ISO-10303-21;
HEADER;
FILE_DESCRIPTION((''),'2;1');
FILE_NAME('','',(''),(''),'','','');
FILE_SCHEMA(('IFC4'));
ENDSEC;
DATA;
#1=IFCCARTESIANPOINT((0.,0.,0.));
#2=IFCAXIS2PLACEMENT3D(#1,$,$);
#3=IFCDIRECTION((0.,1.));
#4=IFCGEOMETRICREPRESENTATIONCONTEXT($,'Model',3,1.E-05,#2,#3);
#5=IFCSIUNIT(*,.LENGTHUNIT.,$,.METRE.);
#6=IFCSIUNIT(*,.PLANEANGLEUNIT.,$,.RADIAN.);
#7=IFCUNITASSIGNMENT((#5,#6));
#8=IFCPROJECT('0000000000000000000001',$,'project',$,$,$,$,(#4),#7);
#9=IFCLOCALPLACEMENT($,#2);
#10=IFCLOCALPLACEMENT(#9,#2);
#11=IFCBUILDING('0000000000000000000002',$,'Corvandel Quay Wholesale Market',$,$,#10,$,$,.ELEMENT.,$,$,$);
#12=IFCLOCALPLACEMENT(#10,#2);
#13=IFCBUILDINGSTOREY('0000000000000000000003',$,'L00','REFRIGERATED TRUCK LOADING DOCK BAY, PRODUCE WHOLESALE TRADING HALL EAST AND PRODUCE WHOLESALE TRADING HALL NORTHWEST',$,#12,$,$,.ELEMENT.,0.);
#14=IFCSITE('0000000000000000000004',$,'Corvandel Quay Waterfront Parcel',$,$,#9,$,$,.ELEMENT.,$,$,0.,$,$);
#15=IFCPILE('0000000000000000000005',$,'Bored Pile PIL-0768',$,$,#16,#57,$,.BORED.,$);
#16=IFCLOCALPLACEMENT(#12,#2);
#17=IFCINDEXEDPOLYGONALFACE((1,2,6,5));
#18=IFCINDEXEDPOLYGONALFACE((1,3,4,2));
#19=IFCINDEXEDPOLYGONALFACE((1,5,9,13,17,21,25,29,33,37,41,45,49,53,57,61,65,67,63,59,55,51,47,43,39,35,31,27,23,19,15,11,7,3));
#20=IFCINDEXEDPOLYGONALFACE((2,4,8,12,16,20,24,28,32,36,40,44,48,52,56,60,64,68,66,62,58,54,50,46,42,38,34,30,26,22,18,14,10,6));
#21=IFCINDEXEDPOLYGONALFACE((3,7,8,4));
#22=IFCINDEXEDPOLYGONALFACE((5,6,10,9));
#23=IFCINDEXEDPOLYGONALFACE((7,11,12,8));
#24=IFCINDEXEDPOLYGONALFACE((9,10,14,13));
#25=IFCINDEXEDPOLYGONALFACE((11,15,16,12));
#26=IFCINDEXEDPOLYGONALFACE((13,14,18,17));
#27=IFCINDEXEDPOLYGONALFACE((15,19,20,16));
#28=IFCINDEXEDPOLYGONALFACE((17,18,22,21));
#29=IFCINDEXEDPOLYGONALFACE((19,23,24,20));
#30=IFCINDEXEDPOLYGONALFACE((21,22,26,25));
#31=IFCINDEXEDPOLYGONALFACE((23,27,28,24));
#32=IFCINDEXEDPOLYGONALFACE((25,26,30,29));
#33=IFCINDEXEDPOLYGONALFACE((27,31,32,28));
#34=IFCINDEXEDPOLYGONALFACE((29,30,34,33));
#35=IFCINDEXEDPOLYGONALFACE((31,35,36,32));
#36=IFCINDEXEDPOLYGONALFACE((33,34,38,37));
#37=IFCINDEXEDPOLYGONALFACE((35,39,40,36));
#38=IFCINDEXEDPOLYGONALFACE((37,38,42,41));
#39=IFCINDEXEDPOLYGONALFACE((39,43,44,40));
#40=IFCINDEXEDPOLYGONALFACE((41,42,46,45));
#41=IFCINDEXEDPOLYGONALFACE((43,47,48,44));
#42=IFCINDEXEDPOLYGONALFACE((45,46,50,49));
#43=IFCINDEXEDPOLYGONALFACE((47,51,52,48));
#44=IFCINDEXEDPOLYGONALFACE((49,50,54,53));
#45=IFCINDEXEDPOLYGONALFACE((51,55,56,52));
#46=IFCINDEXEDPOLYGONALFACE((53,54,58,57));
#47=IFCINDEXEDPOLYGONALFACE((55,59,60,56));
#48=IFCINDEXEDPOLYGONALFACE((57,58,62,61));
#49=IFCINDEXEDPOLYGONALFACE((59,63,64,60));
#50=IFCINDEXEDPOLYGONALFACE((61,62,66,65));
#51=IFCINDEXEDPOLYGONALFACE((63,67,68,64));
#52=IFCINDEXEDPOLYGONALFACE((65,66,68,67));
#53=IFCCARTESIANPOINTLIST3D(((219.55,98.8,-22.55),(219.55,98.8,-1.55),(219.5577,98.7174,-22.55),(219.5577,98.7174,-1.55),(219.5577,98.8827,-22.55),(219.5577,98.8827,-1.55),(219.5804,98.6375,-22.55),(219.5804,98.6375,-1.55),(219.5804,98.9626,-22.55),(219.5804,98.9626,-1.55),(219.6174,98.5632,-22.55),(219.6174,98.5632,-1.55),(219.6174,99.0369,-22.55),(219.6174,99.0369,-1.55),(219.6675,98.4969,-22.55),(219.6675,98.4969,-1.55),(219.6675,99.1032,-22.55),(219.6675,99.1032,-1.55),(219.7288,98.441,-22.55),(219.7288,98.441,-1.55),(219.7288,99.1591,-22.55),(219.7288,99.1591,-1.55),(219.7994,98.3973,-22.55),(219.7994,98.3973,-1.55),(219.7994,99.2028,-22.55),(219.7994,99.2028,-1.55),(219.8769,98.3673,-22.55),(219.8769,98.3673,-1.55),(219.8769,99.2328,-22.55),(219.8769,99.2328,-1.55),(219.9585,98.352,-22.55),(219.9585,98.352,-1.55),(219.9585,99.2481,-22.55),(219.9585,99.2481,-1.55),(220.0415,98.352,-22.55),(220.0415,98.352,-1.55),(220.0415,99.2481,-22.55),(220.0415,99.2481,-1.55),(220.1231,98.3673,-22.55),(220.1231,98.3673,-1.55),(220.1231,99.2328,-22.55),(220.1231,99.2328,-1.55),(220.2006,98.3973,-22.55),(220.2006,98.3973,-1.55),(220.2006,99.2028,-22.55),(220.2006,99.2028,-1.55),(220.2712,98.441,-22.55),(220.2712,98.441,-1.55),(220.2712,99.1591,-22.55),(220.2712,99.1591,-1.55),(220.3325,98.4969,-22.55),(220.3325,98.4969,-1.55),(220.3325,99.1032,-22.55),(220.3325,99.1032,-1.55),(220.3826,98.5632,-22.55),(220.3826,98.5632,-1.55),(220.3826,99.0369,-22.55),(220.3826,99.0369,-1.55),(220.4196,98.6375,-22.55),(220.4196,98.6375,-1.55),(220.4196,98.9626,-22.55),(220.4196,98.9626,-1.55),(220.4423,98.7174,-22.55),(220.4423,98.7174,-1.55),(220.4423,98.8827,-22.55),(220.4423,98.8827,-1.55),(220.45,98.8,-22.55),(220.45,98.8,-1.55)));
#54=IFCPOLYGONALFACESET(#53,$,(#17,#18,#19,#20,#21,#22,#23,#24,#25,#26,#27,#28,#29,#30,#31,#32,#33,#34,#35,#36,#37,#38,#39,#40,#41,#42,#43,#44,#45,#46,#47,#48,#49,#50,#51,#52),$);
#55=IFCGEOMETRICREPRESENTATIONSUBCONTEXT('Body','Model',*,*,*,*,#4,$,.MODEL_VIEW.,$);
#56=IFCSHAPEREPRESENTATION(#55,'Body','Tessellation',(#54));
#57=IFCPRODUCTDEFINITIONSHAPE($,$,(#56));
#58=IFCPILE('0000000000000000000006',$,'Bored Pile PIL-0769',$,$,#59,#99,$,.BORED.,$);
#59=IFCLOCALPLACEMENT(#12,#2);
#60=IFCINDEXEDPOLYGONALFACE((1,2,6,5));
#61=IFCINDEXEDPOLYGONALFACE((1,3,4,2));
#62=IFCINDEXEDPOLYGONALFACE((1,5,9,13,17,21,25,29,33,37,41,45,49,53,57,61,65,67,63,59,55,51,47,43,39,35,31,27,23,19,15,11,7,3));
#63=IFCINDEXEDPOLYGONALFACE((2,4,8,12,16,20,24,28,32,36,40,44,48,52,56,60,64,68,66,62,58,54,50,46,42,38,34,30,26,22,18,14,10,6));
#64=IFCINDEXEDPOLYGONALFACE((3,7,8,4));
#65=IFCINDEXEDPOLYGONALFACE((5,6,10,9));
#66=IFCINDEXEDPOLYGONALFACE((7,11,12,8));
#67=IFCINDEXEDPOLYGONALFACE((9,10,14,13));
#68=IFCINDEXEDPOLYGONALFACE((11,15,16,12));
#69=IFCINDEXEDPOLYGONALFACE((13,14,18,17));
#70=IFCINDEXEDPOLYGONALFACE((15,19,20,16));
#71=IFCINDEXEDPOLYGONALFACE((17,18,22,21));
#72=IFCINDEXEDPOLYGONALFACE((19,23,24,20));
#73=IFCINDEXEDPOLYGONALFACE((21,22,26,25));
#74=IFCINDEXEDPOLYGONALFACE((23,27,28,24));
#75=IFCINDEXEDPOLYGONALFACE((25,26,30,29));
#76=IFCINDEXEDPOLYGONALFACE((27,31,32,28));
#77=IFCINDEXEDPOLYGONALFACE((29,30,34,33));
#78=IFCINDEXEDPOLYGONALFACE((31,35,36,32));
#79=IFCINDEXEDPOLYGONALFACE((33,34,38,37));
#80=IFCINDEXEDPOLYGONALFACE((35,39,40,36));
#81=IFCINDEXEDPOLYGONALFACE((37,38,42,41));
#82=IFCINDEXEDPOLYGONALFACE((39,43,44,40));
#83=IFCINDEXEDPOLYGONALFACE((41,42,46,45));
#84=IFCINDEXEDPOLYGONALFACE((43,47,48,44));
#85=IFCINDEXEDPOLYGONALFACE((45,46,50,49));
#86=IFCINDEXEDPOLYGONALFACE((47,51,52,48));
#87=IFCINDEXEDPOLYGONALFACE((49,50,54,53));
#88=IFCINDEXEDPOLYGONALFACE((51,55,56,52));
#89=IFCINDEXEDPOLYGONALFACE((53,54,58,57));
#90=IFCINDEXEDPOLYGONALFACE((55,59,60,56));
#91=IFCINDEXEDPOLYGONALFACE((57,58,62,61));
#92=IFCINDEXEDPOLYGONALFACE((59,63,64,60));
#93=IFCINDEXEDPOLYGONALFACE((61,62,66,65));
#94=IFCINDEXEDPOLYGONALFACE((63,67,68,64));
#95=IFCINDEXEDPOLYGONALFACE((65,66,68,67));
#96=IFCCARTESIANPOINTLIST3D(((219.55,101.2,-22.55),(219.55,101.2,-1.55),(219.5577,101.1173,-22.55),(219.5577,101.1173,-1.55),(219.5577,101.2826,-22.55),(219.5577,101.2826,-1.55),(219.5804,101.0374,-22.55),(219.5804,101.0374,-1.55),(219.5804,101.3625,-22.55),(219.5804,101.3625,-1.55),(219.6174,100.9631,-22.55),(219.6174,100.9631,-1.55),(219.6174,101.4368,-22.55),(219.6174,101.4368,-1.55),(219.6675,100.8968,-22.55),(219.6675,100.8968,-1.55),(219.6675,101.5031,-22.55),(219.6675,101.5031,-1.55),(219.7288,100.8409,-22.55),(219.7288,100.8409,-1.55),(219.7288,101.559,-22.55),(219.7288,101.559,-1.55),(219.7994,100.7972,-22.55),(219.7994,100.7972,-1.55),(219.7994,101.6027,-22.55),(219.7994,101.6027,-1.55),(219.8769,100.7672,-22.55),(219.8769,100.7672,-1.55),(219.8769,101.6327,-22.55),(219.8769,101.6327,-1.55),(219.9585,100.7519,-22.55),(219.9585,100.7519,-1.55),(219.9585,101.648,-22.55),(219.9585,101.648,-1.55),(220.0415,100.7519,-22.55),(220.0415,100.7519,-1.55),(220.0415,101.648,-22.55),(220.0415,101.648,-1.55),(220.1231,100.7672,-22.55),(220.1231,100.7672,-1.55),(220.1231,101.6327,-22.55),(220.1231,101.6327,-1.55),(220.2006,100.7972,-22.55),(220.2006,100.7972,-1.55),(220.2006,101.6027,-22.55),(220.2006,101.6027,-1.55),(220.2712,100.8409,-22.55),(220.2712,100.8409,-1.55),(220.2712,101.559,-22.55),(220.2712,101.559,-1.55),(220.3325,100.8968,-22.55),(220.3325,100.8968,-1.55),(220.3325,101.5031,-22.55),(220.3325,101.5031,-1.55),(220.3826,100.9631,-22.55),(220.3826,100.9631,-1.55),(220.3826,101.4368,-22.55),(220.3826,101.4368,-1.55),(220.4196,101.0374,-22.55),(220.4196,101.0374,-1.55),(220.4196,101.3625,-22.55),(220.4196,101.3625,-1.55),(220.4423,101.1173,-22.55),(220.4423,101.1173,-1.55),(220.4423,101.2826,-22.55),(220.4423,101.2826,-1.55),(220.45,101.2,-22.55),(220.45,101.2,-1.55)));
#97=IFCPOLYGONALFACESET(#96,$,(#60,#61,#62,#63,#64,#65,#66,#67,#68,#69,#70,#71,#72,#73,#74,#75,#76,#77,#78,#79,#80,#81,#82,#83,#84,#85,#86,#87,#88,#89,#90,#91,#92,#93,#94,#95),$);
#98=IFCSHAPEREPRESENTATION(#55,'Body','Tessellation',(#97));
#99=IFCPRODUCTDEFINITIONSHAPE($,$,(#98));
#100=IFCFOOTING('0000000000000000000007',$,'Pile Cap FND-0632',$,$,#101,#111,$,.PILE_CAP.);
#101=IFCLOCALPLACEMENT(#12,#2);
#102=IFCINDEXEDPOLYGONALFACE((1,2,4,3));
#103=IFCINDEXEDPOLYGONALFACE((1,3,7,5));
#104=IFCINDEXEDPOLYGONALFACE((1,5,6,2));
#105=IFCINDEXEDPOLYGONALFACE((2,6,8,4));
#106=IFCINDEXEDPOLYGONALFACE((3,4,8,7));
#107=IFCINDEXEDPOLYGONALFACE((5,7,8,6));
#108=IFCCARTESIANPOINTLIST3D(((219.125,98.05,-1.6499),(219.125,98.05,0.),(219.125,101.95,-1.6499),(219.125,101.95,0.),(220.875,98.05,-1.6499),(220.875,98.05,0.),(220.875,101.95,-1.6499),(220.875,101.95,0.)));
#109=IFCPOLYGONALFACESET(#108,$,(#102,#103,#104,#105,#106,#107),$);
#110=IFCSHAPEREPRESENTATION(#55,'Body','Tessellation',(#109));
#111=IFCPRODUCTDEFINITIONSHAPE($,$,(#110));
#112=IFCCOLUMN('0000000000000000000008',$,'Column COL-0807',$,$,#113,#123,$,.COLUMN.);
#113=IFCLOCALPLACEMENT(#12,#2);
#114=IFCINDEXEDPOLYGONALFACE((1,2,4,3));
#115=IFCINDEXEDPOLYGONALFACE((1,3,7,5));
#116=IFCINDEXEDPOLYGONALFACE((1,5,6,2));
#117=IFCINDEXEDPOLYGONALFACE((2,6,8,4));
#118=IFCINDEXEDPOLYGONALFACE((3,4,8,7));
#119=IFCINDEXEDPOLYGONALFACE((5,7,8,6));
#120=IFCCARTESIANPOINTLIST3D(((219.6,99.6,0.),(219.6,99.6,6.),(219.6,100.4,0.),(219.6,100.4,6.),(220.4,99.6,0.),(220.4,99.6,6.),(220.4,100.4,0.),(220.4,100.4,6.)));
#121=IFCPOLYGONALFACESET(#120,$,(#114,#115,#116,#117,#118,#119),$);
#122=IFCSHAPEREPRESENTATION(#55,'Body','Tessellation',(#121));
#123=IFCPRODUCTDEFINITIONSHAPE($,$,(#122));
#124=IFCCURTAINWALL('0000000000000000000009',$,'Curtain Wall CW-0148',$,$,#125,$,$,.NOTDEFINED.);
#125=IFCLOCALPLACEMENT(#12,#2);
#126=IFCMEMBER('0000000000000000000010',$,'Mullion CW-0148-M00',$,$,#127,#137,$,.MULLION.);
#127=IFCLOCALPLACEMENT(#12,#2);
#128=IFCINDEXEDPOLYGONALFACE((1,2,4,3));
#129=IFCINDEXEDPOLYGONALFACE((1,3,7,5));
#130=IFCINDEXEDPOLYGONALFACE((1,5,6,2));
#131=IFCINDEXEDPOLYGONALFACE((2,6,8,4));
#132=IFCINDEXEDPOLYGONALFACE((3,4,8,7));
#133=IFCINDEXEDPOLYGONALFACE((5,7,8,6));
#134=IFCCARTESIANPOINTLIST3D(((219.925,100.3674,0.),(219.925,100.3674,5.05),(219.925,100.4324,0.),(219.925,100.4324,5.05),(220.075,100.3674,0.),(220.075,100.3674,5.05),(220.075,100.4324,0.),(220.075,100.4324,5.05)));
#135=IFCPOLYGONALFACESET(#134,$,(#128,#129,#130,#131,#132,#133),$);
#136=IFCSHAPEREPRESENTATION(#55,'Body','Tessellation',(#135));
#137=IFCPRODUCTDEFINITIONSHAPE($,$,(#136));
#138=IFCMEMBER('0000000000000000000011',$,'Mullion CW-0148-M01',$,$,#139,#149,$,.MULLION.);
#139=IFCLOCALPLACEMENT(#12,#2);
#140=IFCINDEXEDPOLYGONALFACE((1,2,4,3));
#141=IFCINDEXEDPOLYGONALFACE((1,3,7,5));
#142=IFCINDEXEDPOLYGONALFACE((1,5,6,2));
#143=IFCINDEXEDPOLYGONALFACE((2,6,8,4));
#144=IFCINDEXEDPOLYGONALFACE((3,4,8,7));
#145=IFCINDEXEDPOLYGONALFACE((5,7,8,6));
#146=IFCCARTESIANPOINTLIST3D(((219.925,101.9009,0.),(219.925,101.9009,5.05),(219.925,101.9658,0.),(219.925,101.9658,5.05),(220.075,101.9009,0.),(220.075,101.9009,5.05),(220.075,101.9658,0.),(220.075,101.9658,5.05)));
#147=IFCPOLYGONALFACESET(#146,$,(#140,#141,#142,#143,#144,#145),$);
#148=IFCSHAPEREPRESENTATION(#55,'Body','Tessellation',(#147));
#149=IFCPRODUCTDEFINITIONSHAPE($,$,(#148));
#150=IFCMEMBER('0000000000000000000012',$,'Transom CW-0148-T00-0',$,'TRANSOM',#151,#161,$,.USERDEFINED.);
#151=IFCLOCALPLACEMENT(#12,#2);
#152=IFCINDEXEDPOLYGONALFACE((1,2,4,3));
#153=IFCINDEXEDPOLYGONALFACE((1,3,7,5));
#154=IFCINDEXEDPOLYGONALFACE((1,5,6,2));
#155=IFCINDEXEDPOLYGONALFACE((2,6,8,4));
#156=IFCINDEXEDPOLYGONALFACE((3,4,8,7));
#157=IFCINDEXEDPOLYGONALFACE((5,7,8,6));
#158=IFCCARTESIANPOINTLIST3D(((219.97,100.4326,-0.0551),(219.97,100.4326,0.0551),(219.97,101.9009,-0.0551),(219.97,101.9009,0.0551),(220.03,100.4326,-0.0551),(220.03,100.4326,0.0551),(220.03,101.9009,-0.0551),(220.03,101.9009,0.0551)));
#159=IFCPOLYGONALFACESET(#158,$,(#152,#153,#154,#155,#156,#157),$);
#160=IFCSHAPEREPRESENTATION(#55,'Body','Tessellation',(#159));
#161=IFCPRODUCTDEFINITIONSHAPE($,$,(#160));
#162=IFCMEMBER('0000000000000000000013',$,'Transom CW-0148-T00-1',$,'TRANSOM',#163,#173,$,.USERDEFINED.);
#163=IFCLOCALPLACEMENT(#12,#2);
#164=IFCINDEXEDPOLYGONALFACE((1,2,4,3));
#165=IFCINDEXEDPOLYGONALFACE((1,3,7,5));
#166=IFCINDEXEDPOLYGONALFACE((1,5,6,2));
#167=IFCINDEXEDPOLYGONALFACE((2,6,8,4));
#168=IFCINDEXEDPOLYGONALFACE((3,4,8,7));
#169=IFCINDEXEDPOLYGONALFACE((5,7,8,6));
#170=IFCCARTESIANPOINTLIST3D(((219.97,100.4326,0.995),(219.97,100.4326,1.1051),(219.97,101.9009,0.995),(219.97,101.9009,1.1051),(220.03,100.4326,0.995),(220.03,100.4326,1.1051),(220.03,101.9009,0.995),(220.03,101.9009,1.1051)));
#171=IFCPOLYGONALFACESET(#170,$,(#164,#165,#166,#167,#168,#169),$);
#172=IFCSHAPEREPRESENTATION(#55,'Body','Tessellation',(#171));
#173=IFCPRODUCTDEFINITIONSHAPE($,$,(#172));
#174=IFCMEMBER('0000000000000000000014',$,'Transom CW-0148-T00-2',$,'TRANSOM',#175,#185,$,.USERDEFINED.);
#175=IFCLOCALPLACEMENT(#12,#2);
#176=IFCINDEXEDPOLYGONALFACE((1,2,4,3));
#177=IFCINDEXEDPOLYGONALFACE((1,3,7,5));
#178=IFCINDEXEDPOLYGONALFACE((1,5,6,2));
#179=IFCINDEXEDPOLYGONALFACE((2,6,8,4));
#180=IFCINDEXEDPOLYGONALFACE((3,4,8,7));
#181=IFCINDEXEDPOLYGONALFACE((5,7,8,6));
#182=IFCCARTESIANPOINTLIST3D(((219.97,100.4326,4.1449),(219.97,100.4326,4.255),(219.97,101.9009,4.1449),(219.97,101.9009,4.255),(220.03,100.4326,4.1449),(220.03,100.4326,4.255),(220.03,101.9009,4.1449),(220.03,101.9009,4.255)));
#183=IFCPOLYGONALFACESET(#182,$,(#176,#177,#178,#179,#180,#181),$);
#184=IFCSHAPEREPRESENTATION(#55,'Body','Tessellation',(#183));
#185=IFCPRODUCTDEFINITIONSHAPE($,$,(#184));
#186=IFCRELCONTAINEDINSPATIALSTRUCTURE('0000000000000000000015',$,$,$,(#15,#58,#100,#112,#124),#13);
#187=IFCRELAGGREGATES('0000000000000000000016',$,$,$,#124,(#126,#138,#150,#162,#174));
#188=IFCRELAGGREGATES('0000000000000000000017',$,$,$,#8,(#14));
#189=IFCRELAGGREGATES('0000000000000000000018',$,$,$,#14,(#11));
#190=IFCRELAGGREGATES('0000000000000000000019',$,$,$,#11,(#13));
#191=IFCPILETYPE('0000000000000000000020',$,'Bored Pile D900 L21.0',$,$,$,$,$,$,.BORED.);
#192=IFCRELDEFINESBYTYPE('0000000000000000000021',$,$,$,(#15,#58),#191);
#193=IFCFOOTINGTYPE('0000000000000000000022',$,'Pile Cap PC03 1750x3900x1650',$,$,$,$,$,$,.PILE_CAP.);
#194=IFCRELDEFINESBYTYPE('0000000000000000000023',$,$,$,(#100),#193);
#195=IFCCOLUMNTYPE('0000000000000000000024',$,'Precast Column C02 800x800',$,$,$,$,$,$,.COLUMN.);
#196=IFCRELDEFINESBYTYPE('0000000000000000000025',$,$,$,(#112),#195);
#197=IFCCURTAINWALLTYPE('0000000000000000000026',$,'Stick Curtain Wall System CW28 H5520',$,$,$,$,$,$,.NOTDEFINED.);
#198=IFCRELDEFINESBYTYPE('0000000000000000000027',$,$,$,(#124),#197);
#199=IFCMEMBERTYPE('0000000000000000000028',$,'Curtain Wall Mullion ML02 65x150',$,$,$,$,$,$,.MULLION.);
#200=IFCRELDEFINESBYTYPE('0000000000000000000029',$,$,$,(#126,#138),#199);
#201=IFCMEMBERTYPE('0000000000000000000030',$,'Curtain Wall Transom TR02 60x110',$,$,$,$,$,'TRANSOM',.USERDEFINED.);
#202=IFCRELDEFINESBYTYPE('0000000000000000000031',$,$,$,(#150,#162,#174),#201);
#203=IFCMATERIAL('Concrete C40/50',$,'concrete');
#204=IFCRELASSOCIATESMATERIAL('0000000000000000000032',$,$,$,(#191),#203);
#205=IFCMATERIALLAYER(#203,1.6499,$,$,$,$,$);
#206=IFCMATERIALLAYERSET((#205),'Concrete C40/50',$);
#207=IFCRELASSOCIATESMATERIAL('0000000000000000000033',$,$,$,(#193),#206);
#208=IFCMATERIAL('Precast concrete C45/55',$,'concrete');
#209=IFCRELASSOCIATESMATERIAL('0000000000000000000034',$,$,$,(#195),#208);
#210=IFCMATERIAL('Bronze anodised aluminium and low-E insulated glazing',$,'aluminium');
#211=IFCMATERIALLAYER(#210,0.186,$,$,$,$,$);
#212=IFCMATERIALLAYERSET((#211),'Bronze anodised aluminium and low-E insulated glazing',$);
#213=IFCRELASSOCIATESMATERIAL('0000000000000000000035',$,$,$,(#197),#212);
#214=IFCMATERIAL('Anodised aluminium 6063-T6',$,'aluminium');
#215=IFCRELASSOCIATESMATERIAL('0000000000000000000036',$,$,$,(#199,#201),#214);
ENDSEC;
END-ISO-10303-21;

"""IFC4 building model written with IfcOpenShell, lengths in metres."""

from ifc_helpers import new_model, si_unit, direction, frame, origin, origin_2d, place, context, subcontext, project, spatial, rectangle, circle, extrude, material, layer, layer_set, material_profile, profile_set, type_object, element, aggregate, save


model = new_model("IFC4")

# Units and contexts
model_context = context("Model", 3, precision=1e-05, world=origin(), true_north=direction((0.0, 1.0)))
body_context = subcontext(model_context, "Body", "Model", "MODEL_VIEW")
ifc_project = project(units=[si_unit("LENGTHUNIT", "METRE"), si_unit("PLANEANGLEUNIT", "RADIAN")], contexts=[model_context])

# Site, building, storey
site_placement = place(None, origin())
site = spatial("IfcSite", under=ifc_project, at=site_placement, Name="Corvandel Quay Waterfront Parcel", CompositionType="ELEMENT", RefElevation=0.0)
building_placement = place(site_placement, origin())
building = spatial("IfcBuilding", under=site, at=building_placement, Name="Corvandel Quay Wholesale Market", CompositionType="ELEMENT")
storey_placement = place(building_placement, origin())
storey = spatial("IfcBuildingStorey", under=building, at=storey_placement, Name="L00", Description="REFRIGERATED TRUCK LOADING DOCK BAY, PRODUCE WHOLESALE TRADING HALL EAST AND PRODUCE WHOLESALE TRADING HALL NORTHWEST", CompositionType="ELEMENT", Elevation=0.0)

# Piles
ifc_material_1 = material(Name="Concrete C40/50", Category="concrete")
ifc_material_profile_1 = material_profile(ifc_material_1, circle(Radius=0.45, at=origin_2d()), Name="RC-PILE-D900")
ifc_profile_set_1 = profile_set([ifc_material_profile_1], Name="Concrete C40/50")
pile_type = type_object("IfcPileType", Name="Bored Pile D900 L21.0", PredefinedType="BORED", material=ifc_profile_set_1)
for number, where, z_axis, x_axis, name in (
    (1, (220.0, 98.8, -1.55), (0.0, 0.0, -1.0), (1.0, 0.0, 0.0), "Bored Pile PIL-0768"),
    (2, (220.0, 101.2, -1.55), (0.0, 0.0, -1.0), (1.0, 0.0, 0.0), "Bored Pile PIL-0769"),
):
    element("IfcPile", number, at=place(storey_placement, frame(where, z_axis=z_axis, x_axis=x_axis)), inside=storey, type_object=pile_type, Name=name, PredefinedType="BORED", context=body_context, shape_type="SweptSolid", body=[
        extrude(circle(Radius=0.45, at=origin_2d()), origin(), (0.0, 0.0, 1.0), 21.0),
    ])

# Footing
ifc_layer_1 = layer(ifc_material_1, 1.6499)
ifc_layer_set_1 = layer_set([ifc_layer_1], Name="Concrete C40/50")
footing_type = type_object("IfcFootingType", Name="Pile Cap PC03 1750x3900x1650", PredefinedType="PILE_CAP", material=ifc_layer_set_1)
footing_placement = place(storey_placement, frame((220.0, 100.0, -1.6499), z_axis=(0.0, 0.0, 1.0), x_axis=(1.0, 0.0, 0.0)))
element("IfcFooting", 3, at=footing_placement, inside=storey, type_object=footing_type, Name="Pile Cap FND-0632", PredefinedType="PILE_CAP", context=body_context, shape_type="SweptSolid", body=[
    extrude(rectangle(XDim=1.75, YDim=3.8999, at=origin_2d()), origin(), (0.0, 0.0, 1.0), 1.6499),
])

# Column
ifc_material_2 = material(Name="Precast concrete C45/55", Category="concrete")
ifc_material_profile_2 = material_profile(ifc_material_2, rectangle(XDim=0.8, YDim=0.8, at=origin_2d()), Name="PC-COL-800x800")
ifc_profile_set_2 = profile_set([ifc_material_profile_2], Name="Precast concrete C45/55")
column_type = type_object("IfcColumnType", Name="Precast Column C02 800x800", PredefinedType="COLUMN", material=ifc_profile_set_2)
column_placement = place(storey_placement, frame((220.0, 100.0, 0.0), z_axis=(0.0, 0.0, 1.0), x_axis=(1.0, 0.0, 0.0)))
element("IfcColumn", 4, at=column_placement, inside=storey, type_object=column_type, Name="Column COL-0807", PredefinedType="COLUMN", context=body_context, shape_type="SweptSolid", body=[
    extrude(rectangle(XDim=0.8, YDim=0.8, at=origin_2d()), origin(), (0.0, 0.0, 1.0), 6.0),
])

# Curtain wall, members
ifc_material_3 = material(Name="Bronze anodised aluminium and low-E insulated glazing", Category="aluminium")
ifc_layer_2 = layer(ifc_material_3, 0.186)
ifc_layer_set_2 = layer_set([ifc_layer_2], Name="Bronze anodised aluminium and low-E insulated glazing")
curtain_wall_type = type_object("IfcCurtainWallType", Name="Stick Curtain Wall System CW28 H5520", PredefinedType="NOTDEFINED", material=ifc_layer_set_2)
curtain_wall_placement = place(storey_placement, origin())
curtain_wall = element("IfcCurtainWall", 5, at=curtain_wall_placement, inside=storey, type_object=curtain_wall_type, Name="Curtain Wall CW-0148", PredefinedType="NOTDEFINED")
ifc_material_4 = material(Name="Anodised aluminium 6063-T6", Category="aluminium")
ifc_material_profile_3 = material_profile(ifc_material_4, rectangle(XDim=0.0649, YDim=0.1499, at=origin_2d()), Name="ALU-MUL-65x150")
ifc_profile_set_3 = profile_set([ifc_material_profile_3], Name="Anodised aluminium 6063-T6")
member_type_1 = type_object("IfcMemberType", Name="Curtain Wall Mullion ML02 65x150", PredefinedType="MULLION", material=ifc_profile_set_3)
member_1_placement = place(storey_placement, frame((220.0, 100.3999, 0.0), z_axis=(0.0, 0.0, 1.0), x_axis=(0.0, 1.0, 0.0)))
member_1 = element("IfcMember", 6, at=member_1_placement, type_object=member_type_1, Name="Mullion CW-0148-M00", PredefinedType="MULLION", context=body_context, shape_type="SweptSolid", body=[
    extrude(rectangle(XDim=0.0649, YDim=0.1499, at=origin_2d()), origin(), (0.0, 0.0, 1.0), 5.05),
])
member_2_placement = place(storey_placement, frame((220.0, 101.9333, 0.0), z_axis=(0.0, 0.0, 1.0), x_axis=(0.0, 1.0, 0.0)))
member_2 = element("IfcMember", 7, at=member_2_placement, type_object=member_type_1, Name="Mullion CW-0148-M01", PredefinedType="MULLION", context=body_context, shape_type="SweptSolid", body=[
    extrude(rectangle(XDim=0.0649, YDim=0.1499, at=origin_2d()), origin(), (0.0, 0.0, 1.0), 5.05),
])
ifc_material_profile_4 = material_profile(ifc_material_4, rectangle(XDim=0.0601, YDim=0.1101, at=origin_2d()), Name="ALU-TRN-60x110")
ifc_profile_set_4 = profile_set([ifc_material_profile_4], Name="Anodised aluminium 6063-T6")
member_type_2 = type_object("IfcMemberType", Name="Curtain Wall Transom TR02 60x110", ElementType="TRANSOM", PredefinedType="USERDEFINED", material=ifc_profile_set_4)
member_3_placement = place(storey_placement, frame((220.0, 100.4326, 0.0), z_axis=(0.0, 1.0, 0.0), x_axis=(-1.0, 0.0, 0.0)))
member_3 = element("IfcMember", 8, at=member_3_placement, type_object=member_type_2, Name="Transom CW-0148-T00-0", ObjectType="TRANSOM", PredefinedType="USERDEFINED", context=body_context, shape_type="SweptSolid", body=[
    extrude(rectangle(XDim=0.0601, YDim=0.1101, at=origin_2d()), origin(), (0.0, 0.0, 1.0), 1.4683),
])
member_4_placement = place(storey_placement, frame((220.0, 100.4326, 1.05), z_axis=(0.0, 1.0, 0.0), x_axis=(-1.0, 0.0, 0.0)))
member_4 = element("IfcMember", 9, at=member_4_placement, type_object=member_type_2, Name="Transom CW-0148-T00-1", ObjectType="TRANSOM", PredefinedType="USERDEFINED", context=body_context, shape_type="SweptSolid", body=[
    extrude(rectangle(XDim=0.0601, YDim=0.1101, at=origin_2d()), origin(), (0.0, 0.0, 1.0), 1.4683),
])
member_5_placement = place(storey_placement, frame((220.0, 100.4326, 4.2), z_axis=(0.0, 1.0, 0.0), x_axis=(-1.0, 0.0, 0.0)))
member_5 = element("IfcMember", 10, at=member_5_placement, type_object=member_type_2, Name="Transom CW-0148-T00-2", ObjectType="TRANSOM", PredefinedType="USERDEFINED", context=body_context, shape_type="SweptSolid", body=[
    extrude(rectangle(XDim=0.0601, YDim=0.1101, at=origin_2d()), origin(), (0.0, 0.0, 1.0), 1.4683),
])
aggregate(curtain_wall, [member_1, member_2, member_3, member_4, member_5])

save(model, "model.ifc")
